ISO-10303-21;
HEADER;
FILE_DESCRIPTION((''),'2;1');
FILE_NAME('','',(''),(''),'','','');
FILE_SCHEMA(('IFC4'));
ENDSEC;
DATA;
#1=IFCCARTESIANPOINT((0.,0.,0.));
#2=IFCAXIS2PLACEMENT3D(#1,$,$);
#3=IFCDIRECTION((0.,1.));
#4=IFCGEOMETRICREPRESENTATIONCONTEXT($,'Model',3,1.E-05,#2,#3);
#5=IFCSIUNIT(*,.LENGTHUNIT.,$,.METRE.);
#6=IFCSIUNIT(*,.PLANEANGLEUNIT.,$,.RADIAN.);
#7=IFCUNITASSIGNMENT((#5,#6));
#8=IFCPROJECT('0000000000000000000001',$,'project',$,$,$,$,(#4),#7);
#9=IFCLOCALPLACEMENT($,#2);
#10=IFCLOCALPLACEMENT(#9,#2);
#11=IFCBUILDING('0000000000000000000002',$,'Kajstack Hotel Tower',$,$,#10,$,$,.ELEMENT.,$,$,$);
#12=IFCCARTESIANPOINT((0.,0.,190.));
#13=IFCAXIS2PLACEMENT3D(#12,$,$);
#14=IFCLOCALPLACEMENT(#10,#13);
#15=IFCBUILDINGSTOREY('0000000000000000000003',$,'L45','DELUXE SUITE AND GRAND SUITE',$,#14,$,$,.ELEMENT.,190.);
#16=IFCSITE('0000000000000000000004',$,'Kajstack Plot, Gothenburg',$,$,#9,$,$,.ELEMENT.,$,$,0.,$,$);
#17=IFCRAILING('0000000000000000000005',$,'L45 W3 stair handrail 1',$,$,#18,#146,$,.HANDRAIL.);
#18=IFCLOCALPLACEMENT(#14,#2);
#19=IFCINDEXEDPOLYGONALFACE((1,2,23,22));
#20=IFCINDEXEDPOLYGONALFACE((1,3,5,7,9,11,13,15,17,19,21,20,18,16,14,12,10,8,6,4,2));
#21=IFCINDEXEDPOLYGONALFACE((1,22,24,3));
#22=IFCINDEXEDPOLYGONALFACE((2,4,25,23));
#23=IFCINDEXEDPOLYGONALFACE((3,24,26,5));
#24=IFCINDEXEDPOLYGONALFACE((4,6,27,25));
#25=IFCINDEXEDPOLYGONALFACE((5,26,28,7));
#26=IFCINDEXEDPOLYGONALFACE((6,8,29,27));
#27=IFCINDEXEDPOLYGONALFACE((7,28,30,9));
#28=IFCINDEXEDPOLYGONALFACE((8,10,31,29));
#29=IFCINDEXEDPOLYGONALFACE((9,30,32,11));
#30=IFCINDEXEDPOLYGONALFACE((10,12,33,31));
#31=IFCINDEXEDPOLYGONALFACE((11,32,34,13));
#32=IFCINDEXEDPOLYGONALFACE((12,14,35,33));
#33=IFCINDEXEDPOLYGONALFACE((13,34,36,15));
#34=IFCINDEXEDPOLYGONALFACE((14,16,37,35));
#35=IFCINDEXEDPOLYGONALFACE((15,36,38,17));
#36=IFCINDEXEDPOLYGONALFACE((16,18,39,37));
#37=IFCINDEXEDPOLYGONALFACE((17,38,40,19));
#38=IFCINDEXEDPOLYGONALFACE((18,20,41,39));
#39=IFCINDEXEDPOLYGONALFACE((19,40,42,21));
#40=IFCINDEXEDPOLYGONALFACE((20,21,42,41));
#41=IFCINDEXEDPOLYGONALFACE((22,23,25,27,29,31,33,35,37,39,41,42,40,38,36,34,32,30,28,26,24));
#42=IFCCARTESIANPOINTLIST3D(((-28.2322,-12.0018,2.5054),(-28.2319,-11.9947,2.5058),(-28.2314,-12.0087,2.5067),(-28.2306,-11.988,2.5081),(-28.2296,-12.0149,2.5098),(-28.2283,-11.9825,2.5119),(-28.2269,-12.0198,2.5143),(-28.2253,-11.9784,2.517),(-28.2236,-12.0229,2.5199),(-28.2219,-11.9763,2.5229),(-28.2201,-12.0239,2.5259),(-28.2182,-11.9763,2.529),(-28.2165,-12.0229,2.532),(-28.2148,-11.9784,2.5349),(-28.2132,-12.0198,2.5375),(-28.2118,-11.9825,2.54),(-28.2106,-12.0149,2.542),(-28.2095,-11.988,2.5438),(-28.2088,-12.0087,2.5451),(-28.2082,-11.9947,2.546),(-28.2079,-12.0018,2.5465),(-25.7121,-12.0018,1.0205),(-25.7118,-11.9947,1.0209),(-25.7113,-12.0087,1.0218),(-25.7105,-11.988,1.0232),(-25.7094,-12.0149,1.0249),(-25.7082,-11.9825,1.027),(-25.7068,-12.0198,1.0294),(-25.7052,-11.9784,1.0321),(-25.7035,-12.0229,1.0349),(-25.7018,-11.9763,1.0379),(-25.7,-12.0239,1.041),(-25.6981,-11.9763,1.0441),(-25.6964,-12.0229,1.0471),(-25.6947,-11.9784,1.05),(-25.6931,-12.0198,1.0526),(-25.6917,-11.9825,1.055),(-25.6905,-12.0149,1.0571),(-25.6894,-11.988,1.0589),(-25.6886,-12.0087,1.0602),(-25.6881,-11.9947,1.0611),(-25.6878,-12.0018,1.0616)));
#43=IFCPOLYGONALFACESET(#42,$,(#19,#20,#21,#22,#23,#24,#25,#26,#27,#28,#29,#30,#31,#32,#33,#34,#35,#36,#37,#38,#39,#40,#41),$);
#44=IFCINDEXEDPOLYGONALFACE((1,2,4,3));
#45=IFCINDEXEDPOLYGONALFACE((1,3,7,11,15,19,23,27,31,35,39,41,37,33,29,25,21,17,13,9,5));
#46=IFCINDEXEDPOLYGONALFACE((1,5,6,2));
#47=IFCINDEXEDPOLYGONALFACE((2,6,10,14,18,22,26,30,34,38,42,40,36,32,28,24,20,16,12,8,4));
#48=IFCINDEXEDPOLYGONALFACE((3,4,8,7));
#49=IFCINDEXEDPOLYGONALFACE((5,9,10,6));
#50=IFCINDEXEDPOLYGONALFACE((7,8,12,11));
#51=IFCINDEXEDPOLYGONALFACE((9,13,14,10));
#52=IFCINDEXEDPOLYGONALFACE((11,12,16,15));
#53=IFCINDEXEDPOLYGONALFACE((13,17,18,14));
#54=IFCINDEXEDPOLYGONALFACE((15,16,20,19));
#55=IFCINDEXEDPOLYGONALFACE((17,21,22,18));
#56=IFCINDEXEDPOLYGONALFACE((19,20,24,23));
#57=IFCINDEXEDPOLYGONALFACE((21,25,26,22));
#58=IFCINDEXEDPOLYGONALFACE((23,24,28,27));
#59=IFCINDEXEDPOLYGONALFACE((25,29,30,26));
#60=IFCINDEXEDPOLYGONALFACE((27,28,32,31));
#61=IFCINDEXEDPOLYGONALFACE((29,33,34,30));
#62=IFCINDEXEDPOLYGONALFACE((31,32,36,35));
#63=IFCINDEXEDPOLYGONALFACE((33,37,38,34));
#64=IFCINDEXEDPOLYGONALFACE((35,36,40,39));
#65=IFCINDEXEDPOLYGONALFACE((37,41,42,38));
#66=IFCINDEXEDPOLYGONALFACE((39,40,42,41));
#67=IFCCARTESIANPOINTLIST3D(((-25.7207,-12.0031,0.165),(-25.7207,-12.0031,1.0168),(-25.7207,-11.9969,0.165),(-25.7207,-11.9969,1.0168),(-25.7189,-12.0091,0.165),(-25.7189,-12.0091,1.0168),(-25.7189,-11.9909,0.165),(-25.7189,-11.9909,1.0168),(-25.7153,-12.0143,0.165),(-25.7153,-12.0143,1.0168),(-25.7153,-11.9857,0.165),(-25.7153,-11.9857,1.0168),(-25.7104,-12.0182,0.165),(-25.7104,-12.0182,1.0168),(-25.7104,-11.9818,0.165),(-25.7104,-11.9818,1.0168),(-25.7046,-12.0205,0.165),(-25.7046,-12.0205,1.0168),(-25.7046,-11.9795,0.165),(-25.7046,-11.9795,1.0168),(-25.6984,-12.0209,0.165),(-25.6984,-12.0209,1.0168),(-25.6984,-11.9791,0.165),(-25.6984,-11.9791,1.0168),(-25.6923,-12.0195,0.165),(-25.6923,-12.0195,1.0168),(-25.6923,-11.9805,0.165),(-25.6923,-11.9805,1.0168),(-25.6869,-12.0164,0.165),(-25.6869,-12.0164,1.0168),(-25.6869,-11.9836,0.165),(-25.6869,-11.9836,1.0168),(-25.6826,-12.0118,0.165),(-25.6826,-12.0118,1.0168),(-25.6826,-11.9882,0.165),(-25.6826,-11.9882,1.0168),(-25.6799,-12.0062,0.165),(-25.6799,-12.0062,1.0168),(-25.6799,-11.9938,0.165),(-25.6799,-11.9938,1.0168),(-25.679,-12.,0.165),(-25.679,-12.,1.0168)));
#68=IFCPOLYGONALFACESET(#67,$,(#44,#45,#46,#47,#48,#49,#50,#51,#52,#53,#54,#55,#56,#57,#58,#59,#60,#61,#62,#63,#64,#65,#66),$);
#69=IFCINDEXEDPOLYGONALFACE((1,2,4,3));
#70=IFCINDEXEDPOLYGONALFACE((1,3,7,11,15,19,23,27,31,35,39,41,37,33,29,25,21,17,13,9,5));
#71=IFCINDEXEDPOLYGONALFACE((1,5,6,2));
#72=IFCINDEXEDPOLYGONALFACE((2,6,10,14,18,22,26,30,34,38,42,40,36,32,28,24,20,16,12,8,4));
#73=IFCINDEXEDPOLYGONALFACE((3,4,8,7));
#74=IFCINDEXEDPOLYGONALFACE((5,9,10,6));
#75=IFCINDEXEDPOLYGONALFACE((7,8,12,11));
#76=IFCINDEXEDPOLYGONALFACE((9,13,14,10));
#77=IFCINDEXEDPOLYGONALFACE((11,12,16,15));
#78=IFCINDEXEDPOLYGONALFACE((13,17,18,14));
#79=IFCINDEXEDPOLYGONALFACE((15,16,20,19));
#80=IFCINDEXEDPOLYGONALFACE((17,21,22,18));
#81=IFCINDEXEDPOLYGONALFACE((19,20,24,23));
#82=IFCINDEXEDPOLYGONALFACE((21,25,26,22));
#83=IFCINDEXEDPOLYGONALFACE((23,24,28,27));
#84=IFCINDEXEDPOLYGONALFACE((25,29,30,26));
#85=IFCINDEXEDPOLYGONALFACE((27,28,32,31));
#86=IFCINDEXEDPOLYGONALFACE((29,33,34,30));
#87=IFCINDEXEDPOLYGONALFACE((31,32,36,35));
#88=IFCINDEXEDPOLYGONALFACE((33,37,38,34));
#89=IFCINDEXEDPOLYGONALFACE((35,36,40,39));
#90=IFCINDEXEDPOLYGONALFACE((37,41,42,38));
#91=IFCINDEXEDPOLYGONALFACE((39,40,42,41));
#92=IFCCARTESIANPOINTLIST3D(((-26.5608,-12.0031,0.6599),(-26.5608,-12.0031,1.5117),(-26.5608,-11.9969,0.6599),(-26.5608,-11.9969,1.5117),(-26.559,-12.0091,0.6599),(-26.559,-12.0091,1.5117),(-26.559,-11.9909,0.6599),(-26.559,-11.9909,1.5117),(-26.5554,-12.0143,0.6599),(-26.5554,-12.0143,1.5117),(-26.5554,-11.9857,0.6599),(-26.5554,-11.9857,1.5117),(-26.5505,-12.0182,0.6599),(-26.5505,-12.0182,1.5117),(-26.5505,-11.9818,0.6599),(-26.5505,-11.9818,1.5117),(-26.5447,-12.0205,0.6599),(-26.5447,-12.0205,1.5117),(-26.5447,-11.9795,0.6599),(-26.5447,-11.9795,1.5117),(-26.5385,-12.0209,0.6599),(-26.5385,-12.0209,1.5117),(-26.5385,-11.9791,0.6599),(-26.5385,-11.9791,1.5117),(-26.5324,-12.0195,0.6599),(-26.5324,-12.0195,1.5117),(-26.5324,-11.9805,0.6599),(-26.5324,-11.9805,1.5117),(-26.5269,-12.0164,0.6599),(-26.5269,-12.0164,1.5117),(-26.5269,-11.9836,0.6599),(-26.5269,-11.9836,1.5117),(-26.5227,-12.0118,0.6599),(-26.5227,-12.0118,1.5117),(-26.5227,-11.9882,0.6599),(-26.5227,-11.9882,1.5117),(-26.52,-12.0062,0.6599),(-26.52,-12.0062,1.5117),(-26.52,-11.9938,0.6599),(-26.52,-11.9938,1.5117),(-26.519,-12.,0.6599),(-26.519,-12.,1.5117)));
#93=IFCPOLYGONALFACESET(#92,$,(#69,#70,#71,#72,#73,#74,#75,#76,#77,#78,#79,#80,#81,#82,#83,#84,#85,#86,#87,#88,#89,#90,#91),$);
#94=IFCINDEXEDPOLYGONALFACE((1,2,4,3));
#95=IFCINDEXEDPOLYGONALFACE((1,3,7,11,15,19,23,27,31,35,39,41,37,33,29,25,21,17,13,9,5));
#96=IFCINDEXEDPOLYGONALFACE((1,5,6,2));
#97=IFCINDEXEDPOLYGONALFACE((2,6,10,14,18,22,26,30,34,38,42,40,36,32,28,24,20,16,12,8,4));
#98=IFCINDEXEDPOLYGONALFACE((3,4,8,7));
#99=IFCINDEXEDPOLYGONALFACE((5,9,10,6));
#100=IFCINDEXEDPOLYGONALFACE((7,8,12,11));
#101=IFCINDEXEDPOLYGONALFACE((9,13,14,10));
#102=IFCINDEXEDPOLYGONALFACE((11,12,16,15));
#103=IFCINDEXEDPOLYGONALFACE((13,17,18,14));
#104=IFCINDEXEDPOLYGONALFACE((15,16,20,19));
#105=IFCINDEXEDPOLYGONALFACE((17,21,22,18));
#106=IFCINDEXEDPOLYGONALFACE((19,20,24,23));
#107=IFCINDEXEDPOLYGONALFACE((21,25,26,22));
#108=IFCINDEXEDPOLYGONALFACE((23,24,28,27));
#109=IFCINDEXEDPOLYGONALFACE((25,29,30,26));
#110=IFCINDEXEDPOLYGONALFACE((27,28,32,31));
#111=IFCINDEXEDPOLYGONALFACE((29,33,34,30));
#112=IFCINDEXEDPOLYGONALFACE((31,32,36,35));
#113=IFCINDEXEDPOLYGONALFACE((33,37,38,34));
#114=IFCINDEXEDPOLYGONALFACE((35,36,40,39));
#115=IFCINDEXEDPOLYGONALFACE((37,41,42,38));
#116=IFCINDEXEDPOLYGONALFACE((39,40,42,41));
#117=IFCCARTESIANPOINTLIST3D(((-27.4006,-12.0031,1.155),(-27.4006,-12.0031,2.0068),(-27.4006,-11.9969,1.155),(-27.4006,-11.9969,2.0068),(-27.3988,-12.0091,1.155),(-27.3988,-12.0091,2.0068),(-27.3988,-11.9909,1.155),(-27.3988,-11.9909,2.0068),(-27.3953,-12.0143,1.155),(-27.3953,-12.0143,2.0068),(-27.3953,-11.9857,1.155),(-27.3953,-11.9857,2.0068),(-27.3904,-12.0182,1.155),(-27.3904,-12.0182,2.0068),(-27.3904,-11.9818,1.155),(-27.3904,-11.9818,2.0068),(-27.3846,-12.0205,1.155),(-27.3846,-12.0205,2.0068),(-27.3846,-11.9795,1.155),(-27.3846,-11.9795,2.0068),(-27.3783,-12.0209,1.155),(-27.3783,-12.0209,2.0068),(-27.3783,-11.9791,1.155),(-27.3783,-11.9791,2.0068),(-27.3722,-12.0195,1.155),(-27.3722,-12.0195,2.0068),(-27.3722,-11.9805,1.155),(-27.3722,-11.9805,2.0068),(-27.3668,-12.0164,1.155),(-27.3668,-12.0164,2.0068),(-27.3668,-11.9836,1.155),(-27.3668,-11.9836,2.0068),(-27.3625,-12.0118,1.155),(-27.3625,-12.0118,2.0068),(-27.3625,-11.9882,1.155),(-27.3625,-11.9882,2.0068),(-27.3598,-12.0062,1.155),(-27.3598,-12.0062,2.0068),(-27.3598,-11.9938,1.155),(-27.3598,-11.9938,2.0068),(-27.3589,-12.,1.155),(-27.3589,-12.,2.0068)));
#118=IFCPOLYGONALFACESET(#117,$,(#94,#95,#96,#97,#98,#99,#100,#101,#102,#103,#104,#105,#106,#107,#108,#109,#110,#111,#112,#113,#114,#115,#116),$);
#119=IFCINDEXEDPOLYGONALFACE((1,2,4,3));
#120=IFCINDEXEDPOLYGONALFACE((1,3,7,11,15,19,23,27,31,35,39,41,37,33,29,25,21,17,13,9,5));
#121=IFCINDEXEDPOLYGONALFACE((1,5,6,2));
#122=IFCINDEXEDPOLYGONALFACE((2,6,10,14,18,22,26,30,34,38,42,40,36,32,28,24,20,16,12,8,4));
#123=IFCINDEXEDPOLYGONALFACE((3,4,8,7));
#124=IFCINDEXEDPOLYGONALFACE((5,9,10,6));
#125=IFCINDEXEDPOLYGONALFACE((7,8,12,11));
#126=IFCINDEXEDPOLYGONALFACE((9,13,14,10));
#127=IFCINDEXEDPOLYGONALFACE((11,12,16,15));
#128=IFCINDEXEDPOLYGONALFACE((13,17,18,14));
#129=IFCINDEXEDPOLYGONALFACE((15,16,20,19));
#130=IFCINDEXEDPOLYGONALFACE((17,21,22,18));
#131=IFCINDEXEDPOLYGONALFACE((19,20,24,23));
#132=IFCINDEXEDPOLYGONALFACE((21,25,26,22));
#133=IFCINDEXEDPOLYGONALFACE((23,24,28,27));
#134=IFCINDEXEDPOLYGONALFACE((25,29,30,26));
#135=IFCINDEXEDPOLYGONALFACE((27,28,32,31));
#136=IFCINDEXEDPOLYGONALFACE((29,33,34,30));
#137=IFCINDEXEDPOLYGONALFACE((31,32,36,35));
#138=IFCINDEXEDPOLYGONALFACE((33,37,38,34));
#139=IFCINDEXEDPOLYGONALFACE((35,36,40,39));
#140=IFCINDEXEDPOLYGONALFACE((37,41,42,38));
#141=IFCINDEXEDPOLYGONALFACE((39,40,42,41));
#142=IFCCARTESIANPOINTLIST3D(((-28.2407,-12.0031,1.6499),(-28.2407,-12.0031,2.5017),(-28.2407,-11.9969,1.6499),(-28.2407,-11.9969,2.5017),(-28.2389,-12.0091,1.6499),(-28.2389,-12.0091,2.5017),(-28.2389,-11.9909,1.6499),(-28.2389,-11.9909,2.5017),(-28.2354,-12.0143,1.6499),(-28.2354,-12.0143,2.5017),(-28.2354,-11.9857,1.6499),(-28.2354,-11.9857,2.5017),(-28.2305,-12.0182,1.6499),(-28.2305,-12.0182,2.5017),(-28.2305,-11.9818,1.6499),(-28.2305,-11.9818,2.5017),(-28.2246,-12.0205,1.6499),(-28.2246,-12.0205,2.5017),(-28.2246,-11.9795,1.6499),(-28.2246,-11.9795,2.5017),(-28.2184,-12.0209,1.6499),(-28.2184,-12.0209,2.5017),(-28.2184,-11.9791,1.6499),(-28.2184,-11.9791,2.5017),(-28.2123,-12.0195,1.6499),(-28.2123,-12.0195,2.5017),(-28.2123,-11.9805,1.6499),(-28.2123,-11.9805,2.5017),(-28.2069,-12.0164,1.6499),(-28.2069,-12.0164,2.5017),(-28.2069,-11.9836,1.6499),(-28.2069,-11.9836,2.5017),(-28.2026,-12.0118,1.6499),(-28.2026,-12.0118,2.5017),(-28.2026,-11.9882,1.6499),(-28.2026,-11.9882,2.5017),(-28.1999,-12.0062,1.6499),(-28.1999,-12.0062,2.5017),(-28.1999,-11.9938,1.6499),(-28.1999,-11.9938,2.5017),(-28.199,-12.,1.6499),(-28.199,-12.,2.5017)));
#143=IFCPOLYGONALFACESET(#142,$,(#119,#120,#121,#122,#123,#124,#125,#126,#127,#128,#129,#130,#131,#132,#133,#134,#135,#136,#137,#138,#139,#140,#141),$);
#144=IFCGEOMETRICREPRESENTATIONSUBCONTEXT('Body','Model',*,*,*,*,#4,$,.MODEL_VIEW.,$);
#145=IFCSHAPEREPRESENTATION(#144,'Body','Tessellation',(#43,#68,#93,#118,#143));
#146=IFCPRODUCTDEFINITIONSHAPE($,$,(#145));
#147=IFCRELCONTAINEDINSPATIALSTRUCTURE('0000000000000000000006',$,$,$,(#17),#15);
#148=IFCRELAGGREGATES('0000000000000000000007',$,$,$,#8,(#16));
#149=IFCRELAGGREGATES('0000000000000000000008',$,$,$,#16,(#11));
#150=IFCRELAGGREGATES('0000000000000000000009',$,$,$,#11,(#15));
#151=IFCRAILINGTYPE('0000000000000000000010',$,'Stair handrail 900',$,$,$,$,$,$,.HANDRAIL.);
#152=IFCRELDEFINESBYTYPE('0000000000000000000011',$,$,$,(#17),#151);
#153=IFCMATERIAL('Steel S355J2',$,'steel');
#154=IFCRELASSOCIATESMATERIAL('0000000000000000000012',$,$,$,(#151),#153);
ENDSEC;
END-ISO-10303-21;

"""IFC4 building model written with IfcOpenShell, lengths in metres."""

from ifc_helpers import new_model, si_unit, direction, frame, origin, origin_2d, place, context, subcontext, project, spatial, circle, extrude, material, type_object, element, save


model = new_model("IFC4")

# Units and contexts
model_context = context("Model", 3, precision=1e-05, world=origin(), true_north=direction((0.0, 1.0)))
body_context = subcontext(model_context, "Body", "Model", "MODEL_VIEW")
ifc_project = project(units=[si_unit("LENGTHUNIT", "METRE"), si_unit("PLANEANGLEUNIT", "RADIAN")], contexts=[model_context])

# Site, building, storey
site_placement = place(None, origin())
site = spatial("IfcSite", under=ifc_project, at=site_placement, Name="Kajstack Plot, Gothenburg", CompositionType="ELEMENT", RefElevation=0.0)
building_placement = place(site_placement, origin())
building = spatial("IfcBuilding", under=site, at=building_placement, Name="Kajstack Hotel Tower", CompositionType="ELEMENT")
storey_placement = place(building_placement, frame((0.0, 0.0, 190.0)))
storey = spatial("IfcBuildingStorey", under=building, at=storey_placement, Name="L45", Description="DELUXE SUITE AND GRAND SUITE", CompositionType="ELEMENT", Elevation=190.0)

# Railing
ifc_material_1 = material(Name="Steel S355J2", Category="steel")
railing_type_1 = type_object("IfcRailingType", Name="Stair handrail 900", PredefinedType="HANDRAIL", material=ifc_material_1)
railing_1_placement = place(storey_placement, frame((-25.7, -12.0, 0.165)))
element("IfcRailing", 1, at=railing_1_placement, inside=storey, type_object=railing_type_1, Name="L45 W3 stair handrail 1", PredefinedType="HANDRAIL", context=body_context, shape_type="SweptSolid", body=[
    extrude(circle(Radius=0.0239, at=origin_2d()), frame((0.0, 0.0, 0.876), z_axis=(-0.861561, 0.0, 0.507655), x_axis=(0.0, -1.0, 0.0)), (0.0, 0.0, 1.0), 2.925),
    extrude(circle(Radius=0.021, at=origin_2d()), origin(), (0.0, 0.0, 1.0), 0.8518),
    extrude(circle(Radius=0.021, at=origin_2d()), frame((-0.8401, 0.0, 0.4949)), (0.0, 0.0, 1.0), 0.8518),
    extrude(circle(Radius=0.021, at=origin_2d()), frame((-1.6799, 0.0, 0.99)), (0.0, 0.0, 1.0), 0.8518),
    extrude(circle(Radius=0.021, at=origin_2d()), frame((-2.52, 0.0, 1.4849)), (0.0, 0.0, 1.0), 0.8518),
])

save(model, "model.ifc")
